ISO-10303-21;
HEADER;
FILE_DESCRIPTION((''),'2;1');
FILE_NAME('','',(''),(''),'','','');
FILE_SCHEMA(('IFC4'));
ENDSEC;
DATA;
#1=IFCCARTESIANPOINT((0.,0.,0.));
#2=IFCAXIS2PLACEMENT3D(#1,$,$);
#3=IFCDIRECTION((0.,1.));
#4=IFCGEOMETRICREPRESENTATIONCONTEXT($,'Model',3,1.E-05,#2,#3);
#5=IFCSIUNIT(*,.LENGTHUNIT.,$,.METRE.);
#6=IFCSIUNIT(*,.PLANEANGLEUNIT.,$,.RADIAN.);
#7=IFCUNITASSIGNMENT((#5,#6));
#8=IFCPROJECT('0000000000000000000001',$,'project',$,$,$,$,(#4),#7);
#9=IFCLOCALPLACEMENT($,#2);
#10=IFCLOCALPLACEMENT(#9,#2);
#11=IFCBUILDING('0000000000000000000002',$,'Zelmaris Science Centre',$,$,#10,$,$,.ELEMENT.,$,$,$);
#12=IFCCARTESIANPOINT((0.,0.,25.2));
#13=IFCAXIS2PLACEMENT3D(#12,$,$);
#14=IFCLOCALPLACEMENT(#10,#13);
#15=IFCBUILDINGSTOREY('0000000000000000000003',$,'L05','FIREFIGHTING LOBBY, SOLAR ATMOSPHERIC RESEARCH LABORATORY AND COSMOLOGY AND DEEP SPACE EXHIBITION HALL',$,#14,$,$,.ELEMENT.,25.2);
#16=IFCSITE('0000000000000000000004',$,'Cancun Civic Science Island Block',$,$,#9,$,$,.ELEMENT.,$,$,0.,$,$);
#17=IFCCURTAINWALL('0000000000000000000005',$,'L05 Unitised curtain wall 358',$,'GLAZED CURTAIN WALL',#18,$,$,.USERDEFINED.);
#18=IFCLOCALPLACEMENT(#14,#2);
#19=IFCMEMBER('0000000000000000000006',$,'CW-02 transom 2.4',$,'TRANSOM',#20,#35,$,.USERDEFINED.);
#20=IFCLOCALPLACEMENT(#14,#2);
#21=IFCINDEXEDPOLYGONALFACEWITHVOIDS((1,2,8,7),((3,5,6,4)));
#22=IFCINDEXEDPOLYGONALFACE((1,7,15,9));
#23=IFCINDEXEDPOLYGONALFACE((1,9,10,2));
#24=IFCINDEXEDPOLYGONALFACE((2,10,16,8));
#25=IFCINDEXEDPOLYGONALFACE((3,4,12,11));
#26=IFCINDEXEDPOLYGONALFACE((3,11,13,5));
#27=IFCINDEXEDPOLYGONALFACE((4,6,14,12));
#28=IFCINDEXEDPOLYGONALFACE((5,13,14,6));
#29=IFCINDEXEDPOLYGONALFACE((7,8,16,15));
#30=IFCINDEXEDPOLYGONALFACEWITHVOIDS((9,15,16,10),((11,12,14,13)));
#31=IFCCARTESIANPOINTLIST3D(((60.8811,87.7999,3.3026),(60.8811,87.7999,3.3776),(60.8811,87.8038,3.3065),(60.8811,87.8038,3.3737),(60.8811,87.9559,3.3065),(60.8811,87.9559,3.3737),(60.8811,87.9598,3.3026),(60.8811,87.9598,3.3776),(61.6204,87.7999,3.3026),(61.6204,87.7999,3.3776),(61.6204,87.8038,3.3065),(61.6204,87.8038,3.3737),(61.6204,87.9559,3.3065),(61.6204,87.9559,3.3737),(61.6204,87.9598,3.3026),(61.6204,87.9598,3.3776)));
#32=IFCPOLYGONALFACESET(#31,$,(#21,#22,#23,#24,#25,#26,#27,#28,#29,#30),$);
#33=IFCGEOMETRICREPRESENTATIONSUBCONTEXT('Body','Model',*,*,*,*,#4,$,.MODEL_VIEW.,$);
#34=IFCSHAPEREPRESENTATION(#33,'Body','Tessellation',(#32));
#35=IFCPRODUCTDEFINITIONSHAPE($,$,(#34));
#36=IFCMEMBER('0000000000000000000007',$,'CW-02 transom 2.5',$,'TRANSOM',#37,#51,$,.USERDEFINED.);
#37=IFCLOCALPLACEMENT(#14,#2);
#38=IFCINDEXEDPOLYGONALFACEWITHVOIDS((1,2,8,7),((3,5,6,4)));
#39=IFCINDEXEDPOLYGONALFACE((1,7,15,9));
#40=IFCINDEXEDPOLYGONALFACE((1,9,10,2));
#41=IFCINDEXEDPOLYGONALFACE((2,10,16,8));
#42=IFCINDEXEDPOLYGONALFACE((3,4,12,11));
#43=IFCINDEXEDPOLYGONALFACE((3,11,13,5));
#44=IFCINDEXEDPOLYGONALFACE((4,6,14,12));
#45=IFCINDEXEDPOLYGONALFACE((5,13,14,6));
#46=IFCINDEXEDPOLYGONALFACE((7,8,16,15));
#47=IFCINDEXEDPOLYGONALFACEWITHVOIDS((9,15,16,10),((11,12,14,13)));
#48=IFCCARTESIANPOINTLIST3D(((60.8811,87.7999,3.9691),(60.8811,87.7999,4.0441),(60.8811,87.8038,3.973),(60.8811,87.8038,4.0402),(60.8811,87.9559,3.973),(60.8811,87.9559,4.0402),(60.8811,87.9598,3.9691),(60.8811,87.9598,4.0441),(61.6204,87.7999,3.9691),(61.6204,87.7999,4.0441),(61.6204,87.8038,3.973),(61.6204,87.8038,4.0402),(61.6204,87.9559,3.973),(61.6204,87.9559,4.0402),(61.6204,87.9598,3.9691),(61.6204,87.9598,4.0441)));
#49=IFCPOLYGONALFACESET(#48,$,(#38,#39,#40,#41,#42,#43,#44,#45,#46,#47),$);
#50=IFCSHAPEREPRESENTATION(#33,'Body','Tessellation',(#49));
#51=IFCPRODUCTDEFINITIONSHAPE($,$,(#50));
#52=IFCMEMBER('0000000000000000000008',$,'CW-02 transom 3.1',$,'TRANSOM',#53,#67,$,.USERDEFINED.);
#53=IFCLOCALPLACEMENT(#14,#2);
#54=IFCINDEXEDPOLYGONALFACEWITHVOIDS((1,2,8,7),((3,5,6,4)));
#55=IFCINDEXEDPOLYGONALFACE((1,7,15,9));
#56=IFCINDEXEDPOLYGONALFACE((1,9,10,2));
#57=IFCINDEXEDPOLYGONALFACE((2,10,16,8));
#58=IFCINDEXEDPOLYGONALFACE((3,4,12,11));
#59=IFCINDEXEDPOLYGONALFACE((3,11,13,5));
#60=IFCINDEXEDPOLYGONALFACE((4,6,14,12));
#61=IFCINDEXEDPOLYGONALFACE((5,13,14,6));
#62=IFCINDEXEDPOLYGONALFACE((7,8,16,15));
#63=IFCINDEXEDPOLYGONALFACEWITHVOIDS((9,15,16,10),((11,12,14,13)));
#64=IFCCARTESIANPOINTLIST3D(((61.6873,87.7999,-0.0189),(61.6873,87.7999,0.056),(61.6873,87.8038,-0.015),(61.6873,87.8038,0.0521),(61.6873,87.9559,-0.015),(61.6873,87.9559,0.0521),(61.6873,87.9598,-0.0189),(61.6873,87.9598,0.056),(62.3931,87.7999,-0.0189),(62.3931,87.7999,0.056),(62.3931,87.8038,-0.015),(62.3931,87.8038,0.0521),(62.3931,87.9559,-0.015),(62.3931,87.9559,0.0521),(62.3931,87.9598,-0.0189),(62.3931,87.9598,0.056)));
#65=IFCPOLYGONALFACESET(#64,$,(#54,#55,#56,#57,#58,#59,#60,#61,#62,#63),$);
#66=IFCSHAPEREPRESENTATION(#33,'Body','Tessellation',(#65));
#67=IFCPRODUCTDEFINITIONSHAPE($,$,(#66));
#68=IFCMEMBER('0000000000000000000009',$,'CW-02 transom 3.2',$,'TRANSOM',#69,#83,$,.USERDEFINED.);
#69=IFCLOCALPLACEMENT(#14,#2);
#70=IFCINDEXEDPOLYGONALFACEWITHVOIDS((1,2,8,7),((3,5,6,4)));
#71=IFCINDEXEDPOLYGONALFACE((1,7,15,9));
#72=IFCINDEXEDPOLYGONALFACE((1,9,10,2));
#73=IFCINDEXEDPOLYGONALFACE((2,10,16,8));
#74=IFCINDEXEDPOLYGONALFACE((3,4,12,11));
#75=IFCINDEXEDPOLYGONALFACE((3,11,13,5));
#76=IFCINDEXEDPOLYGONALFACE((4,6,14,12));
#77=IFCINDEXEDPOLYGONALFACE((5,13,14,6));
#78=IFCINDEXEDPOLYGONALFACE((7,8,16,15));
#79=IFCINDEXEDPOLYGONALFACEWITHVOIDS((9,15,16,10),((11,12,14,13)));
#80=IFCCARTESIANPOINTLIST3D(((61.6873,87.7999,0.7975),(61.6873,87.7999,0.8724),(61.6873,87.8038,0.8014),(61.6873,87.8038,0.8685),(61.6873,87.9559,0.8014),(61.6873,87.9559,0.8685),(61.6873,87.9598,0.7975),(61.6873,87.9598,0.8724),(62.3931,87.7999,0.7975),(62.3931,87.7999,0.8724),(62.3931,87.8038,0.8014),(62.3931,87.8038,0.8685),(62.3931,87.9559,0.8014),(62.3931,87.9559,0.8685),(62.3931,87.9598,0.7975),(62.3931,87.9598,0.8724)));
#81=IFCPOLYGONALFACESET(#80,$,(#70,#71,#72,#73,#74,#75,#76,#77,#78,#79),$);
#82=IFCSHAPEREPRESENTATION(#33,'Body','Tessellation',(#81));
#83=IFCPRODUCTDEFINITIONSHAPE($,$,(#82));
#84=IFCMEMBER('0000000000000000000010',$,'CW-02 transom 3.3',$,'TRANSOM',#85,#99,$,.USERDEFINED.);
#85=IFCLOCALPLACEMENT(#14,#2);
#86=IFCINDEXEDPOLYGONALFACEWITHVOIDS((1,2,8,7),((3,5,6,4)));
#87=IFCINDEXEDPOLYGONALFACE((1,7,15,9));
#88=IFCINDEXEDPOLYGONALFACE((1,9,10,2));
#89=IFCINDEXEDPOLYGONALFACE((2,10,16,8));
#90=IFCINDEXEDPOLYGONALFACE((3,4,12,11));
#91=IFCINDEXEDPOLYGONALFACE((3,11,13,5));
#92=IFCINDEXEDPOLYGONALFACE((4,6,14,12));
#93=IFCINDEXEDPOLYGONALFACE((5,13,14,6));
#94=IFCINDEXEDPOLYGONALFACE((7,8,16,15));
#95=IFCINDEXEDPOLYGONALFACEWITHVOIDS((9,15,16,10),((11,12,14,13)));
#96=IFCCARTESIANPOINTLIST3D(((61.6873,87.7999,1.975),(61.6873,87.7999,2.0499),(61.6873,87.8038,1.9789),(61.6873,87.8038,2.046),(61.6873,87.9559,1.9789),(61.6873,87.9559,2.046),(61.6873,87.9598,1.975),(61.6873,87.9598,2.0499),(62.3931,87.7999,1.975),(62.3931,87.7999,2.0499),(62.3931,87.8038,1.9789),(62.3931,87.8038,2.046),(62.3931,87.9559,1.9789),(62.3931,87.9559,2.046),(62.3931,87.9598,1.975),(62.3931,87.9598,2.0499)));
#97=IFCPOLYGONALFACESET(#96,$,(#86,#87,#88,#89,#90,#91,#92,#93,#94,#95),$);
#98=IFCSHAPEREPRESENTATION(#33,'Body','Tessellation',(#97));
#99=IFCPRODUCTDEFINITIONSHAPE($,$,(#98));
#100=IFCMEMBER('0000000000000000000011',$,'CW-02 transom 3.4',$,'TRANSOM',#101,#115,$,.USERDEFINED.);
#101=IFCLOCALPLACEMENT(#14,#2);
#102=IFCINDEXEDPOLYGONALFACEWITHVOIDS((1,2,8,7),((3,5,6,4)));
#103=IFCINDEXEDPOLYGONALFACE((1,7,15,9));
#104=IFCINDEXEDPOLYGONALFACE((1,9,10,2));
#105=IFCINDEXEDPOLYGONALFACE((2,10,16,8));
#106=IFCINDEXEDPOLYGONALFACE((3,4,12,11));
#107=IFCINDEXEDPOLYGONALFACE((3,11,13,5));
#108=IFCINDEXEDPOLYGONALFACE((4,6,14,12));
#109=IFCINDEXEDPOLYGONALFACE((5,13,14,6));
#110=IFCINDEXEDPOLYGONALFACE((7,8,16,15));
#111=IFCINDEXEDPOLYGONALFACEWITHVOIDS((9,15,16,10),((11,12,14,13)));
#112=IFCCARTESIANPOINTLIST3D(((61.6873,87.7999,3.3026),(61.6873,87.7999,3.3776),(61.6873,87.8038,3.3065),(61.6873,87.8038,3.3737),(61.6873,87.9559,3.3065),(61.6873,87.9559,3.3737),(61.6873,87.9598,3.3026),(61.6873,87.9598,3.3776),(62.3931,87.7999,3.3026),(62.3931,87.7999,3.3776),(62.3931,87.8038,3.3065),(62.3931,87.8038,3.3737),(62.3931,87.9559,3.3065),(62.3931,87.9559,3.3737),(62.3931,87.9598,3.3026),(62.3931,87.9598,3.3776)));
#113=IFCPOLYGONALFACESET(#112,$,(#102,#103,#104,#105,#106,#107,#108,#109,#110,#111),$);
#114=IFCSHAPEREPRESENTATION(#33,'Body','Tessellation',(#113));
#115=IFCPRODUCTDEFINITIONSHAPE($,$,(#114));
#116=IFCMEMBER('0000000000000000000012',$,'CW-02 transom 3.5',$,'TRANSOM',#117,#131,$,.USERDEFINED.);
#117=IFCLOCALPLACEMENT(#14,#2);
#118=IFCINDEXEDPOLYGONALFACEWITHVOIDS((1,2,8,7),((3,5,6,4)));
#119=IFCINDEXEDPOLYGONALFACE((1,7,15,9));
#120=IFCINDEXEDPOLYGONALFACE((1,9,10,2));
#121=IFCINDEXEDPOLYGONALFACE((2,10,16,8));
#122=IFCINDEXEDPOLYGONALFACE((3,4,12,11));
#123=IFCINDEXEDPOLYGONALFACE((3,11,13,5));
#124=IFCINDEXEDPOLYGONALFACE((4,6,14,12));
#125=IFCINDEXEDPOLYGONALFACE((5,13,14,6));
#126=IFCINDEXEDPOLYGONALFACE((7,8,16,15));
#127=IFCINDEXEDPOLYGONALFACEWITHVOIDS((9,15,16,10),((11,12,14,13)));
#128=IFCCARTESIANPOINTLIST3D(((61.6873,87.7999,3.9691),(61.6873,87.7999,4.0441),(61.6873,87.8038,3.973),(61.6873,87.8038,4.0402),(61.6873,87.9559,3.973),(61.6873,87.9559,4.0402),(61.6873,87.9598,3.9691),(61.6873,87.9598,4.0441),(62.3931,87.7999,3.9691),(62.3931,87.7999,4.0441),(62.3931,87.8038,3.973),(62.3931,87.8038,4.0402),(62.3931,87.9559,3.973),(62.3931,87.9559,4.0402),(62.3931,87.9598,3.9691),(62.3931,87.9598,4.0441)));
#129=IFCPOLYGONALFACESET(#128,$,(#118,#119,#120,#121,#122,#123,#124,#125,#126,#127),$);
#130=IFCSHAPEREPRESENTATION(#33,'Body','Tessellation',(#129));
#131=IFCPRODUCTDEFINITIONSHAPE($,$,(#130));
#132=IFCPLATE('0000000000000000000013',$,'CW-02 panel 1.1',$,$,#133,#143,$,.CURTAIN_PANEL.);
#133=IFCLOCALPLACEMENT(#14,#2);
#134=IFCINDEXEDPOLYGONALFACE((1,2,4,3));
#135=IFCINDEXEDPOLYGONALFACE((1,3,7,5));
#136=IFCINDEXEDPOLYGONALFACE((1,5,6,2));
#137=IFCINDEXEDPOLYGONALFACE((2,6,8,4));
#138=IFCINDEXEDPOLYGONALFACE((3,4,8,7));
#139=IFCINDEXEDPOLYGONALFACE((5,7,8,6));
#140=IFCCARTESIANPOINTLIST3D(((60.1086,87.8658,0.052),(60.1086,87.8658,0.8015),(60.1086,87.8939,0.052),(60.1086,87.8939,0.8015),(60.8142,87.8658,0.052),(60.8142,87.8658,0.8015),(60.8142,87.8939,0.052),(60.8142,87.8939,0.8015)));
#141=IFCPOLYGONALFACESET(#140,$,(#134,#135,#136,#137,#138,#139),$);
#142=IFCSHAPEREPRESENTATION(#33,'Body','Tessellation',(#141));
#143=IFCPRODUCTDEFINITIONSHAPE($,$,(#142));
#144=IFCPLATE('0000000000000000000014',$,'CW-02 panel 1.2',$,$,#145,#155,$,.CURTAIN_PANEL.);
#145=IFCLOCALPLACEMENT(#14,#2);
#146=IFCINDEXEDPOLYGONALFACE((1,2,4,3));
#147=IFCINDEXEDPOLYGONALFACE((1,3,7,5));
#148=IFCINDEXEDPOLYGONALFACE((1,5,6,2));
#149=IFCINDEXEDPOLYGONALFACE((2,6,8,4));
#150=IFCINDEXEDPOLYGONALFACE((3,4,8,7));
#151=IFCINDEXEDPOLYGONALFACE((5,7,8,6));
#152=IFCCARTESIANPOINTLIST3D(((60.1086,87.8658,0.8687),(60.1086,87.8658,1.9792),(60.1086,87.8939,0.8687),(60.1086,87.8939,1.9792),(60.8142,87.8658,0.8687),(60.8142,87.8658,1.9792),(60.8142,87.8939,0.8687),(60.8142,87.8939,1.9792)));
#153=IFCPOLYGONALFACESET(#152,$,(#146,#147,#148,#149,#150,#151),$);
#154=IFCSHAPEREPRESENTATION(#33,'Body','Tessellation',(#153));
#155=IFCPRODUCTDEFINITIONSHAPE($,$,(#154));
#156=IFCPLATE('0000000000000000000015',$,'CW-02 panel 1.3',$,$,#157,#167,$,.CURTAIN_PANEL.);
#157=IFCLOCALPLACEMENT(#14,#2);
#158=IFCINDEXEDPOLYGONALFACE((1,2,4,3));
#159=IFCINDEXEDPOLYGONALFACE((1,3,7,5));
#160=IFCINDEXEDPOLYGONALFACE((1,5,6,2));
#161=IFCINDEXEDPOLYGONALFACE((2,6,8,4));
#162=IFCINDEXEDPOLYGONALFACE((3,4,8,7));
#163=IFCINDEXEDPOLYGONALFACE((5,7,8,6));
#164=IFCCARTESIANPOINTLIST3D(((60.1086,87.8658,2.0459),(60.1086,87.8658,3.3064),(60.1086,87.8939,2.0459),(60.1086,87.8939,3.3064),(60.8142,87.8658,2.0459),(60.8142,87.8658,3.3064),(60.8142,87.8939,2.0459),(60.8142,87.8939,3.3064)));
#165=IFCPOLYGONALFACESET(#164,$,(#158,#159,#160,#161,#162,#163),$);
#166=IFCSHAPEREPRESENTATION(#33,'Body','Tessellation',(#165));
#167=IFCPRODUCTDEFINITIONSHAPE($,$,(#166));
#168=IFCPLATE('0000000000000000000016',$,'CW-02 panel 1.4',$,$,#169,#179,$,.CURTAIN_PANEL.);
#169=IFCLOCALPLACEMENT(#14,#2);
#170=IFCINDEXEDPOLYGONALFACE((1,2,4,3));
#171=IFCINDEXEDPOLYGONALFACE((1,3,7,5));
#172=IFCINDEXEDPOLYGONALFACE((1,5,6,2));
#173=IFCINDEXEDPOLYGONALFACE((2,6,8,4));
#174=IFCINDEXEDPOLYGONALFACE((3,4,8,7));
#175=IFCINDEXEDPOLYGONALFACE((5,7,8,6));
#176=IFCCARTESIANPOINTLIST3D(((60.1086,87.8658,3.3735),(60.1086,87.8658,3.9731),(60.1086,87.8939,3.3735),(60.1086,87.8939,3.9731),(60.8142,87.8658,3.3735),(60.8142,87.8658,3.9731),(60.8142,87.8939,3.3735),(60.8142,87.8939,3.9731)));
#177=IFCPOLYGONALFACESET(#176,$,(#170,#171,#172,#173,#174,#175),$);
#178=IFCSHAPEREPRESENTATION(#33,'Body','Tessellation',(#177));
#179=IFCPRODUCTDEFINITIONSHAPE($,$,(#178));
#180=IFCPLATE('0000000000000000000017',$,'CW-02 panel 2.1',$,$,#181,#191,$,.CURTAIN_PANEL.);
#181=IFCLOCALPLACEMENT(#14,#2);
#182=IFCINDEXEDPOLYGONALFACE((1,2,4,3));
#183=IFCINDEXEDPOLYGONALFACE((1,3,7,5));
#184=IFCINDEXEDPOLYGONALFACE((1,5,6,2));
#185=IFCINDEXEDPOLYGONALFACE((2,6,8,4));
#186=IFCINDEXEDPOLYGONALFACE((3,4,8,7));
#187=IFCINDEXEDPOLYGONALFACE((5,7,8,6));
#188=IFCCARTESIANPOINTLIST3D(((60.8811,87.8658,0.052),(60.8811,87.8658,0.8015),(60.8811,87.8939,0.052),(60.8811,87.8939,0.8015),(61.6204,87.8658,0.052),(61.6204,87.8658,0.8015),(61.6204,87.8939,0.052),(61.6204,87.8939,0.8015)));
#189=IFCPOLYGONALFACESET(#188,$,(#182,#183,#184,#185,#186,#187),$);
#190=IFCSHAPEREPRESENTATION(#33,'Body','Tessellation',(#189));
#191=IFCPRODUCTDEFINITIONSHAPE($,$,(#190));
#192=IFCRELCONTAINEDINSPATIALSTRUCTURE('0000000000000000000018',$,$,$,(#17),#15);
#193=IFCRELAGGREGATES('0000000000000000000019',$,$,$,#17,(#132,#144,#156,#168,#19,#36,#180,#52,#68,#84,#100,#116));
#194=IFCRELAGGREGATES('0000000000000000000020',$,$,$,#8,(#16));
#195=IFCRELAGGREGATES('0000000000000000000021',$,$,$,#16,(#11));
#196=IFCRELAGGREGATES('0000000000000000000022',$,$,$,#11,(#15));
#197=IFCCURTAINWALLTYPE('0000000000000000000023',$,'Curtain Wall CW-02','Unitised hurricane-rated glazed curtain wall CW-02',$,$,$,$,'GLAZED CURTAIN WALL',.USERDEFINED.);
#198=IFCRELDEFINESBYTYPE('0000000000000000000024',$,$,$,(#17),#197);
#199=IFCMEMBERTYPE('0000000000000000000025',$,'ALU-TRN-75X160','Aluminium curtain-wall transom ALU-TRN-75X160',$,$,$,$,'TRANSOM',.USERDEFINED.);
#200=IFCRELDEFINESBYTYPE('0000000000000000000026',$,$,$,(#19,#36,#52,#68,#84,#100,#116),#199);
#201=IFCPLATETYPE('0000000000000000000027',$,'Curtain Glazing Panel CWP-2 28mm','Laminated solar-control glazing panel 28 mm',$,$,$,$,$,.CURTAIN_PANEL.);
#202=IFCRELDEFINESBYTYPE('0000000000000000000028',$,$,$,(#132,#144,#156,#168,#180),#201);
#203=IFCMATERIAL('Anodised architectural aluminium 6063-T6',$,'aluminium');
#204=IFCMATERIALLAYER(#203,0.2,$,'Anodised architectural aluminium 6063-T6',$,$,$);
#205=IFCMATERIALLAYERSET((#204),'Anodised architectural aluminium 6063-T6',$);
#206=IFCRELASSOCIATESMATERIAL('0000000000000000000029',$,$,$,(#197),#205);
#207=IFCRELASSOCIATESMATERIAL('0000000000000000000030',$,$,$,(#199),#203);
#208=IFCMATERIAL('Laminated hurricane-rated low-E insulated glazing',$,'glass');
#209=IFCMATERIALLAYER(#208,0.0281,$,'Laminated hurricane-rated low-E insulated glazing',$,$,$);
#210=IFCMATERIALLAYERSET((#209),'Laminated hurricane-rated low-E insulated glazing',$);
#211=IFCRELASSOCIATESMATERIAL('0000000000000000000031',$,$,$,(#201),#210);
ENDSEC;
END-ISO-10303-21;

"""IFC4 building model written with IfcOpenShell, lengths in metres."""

from ifc_helpers import new_model, si_unit, direction, frame, origin, origin_2d, place, context, subcontext, project, spatial, rectangle, hollow_rectangle, extrude, material, layer, layer_set, material_profile, profile_set, type_object, element, aggregate, save


model = new_model("IFC4")

# Units and contexts
model_context = context("Model", 3, precision=1e-05, world=origin(), true_north=direction((0.0, 1.0)))
body_context = subcontext(model_context, "Body", "Model", "MODEL_VIEW")
ifc_project = project(units=[si_unit("LENGTHUNIT", "METRE"), si_unit("PLANEANGLEUNIT", "RADIAN")], contexts=[model_context])

# Site, building, storey
site_placement = place(None, origin())
site = spatial("IfcSite", under=ifc_project, at=site_placement, Name="Cancun Civic Science Island Block", CompositionType="ELEMENT", RefElevation=0.0)
building_placement = place(site_placement, origin())
building = spatial("IfcBuilding", under=site, at=building_placement, Name="Zelmaris Science Centre", CompositionType="ELEMENT")
storey_placement = place(building_placement, frame((0.0, 0.0, 25.2)))
storey = spatial("IfcBuildingStorey", under=building, at=storey_placement, Name="L05", Description="FIREFIGHTING LOBBY, SOLAR ATMOSPHERIC RESEARCH LABORATORY AND COSMOLOGY AND DEEP SPACE EXHIBITION HALL", CompositionType="ELEMENT", Elevation=25.2)

# Curtain wall, members, plates
ifc_material_1 = material(Name="Anodised architectural aluminium 6063-T6", Category="aluminium")
ifc_layer_1 = layer(ifc_material_1, 0.2, Name="Anodised architectural aluminium 6063-T6")
ifc_layer_set_1 = layer_set([ifc_layer_1], Name="Anodised architectural aluminium 6063-T6")
curtain_wall_type = type_object("IfcCurtainWallType", Name="Curtain Wall CW-02", Description="Unitised hurricane-rated glazed curtain wall CW-02", ElementType="GLAZED CURTAIN WALL", PredefinedType="USERDEFINED", material=ifc_layer_set_1)
curtain_wall_placement = place(storey_placement, origin())
curtain_wall = element("IfcCurtainWall", 1, at=curtain_wall_placement, inside=storey, type_object=curtain_wall_type, Name="L05 Unitised curtain wall 358", ObjectType="GLAZED CURTAIN WALL", PredefinedType="USERDEFINED")
ifc_material_profile_1 = material_profile(ifc_material_1, hollow_rectangle(XDim=0.075, YDim=0.1599, WallThickness=0.0039, at=origin_2d()), Name="ALU-TRN-75X160")
ifc_profile_set_1 = profile_set([ifc_material_profile_1], Name="Anodised architectural aluminium 6063-T6")
member_type_1 = type_object("IfcMemberType", Name="ALU-TRN-75X160", Description="Aluminium curtain-wall transom ALU-TRN-75X160", ElementType="TRANSOM", PredefinedType="USERDEFINED", material=ifc_profile_set_1)
member_1_placement = place(storey_placement, frame((60.8811, 87.8799, 3.3401), z_axis=(1.0, 0.0, 0.0), x_axis=(0.0, 0.0, 1.0)))
member_1 = element("IfcMember", 2, at=member_1_placement, type_object=member_type_1, Name="CW-02 transom 2.4", ObjectType="TRANSOM", PredefinedType="USERDEFINED", context=body_context, shape_type="SweptSolid", body=[
    extrude(hollow_rectangle(XDim=0.075, YDim=0.1599, WallThickness=0.0039, at=origin_2d()), origin(), (0.0, 0.0, 1.0), 0.7393),
])
member_2_placement = place(storey_placement, frame((60.8811, 87.8799, 4.0066), z_axis=(1.0, 0.0, 0.0), x_axis=(0.0, 0.0, 1.0)))
member_2 = element("IfcMember", 3, at=member_2_placement, type_object=member_type_1, Name="CW-02 transom 2.5", ObjectType="TRANSOM", PredefinedType="USERDEFINED", context=body_context, shape_type="SweptSolid", body=[
    extrude(hollow_rectangle(XDim=0.075, YDim=0.1599, WallThickness=0.0039, at=origin_2d()), origin(), (0.0, 0.0, 1.0), 0.7393),
])
member_3_placement = place(storey_placement, frame((61.6873, 87.8799, 0.0186), z_axis=(1.0, 0.0, 0.0), x_axis=(0.0, 0.0, 1.0)))
member_3 = element("IfcMember", 4, at=member_3_placement, type_object=member_type_1, Name="CW-02 transom 3.1", ObjectType="TRANSOM", PredefinedType="USERDEFINED", context=body_context, shape_type="SweptSolid", body=[
    extrude(hollow_rectangle(XDim=0.075, YDim=0.1599, WallThickness=0.0039, at=origin_2d()), origin(), (0.0, 0.0, 1.0), 0.7058),
])
member_4_placement = place(storey_placement, frame((61.6873, 87.8799, 0.835), z_axis=(1.0, 0.0, 0.0), x_axis=(0.0, 0.0, 1.0)))
member_4 = element("IfcMember", 5, at=member_4_placement, type_object=member_type_1, Name="CW-02 transom 3.2", ObjectType="TRANSOM", PredefinedType="USERDEFINED", context=body_context, shape_type="SweptSolid", body=[
    extrude(hollow_rectangle(XDim=0.075, YDim=0.1599, WallThickness=0.0039, at=origin_2d()), origin(), (0.0, 0.0, 1.0), 0.7058),
])
member_5_placement = place(storey_placement, frame((61.6873, 87.8799, 2.0125), z_axis=(1.0, 0.0, 0.0), x_axis=(0.0, 0.0, 1.0)))
member_5 = element("IfcMember", 6, at=member_5_placement, type_object=member_type_1, Name="CW-02 transom 3.3", ObjectType="TRANSOM", PredefinedType="USERDEFINED", context=body_context, shape_type="SweptSolid", body=[
    extrude(hollow_rectangle(XDim=0.075, YDim=0.1599, WallThickness=0.0039, at=origin_2d()), origin(), (0.0, 0.0, 1.0), 0.7058),
])
member_6_placement = place(storey_placement, frame((61.6873, 87.8799, 3.3401), z_axis=(1.0, 0.0, 0.0), x_axis=(0.0, 0.0, 1.0)))
member_6 = element("IfcMember", 7, at=member_6_placement, type_object=member_type_1, Name="CW-02 transom 3.4", ObjectType="TRANSOM", PredefinedType="USERDEFINED", context=body_context, shape_type="SweptSolid", body=[
    extrude(hollow_rectangle(XDim=0.075, YDim=0.1599, WallThickness=0.0039, at=origin_2d()), origin(), (0.0, 0.0, 1.0), 0.7058),
])
member_7_placement = place(storey_placement, frame((61.6873, 87.8799, 4.0066), z_axis=(1.0, 0.0, 0.0), x_axis=(0.0, 0.0, 1.0)))
member_7 = element("IfcMember", 8, at=member_7_placement, type_object=member_type_1, Name="CW-02 transom 3.5", ObjectType="TRANSOM", PredefinedType="USERDEFINED", context=body_context, shape_type="SweptSolid", body=[
    extrude(hollow_rectangle(XDim=0.075, YDim=0.1599, WallThickness=0.0039, at=origin_2d()), origin(), (0.0, 0.0, 1.0), 0.7058),
])
ifc_material_2 = material(Name="Laminated hurricane-rated low-E insulated glazing", Category="glass")
ifc_layer_2 = layer(ifc_material_2, 0.0281, Name="Laminated hurricane-rated low-E insulated glazing")
ifc_layer_set_2 = layer_set([ifc_layer_2], Name="Laminated hurricane-rated low-E insulated glazing")
plate_type = type_object("IfcPlateType", Name="Curtain Glazing Panel CWP-2 28mm", Description="Laminated solar-control glazing panel 28 mm", PredefinedType="CURTAIN_PANEL", material=ifc_layer_set_2)
plate_1_placement = place(storey_placement, frame((60.4614, 87.8799, 0.052), z_axis=(0.0, 0.0, 1.0), x_axis=(1.0, 0.0, 0.0)))
plate_1 = element("IfcPlate", 9, at=plate_1_placement, type_object=plate_type, Name="CW-02 panel 1.1", PredefinedType="CURTAIN_PANEL", context=body_context, shape_type="SweptSolid", body=[
    extrude(rectangle(XDim=0.7056, YDim=0.0281, at=origin_2d()), origin(), (0.0, 0.0, 1.0), 0.7495),
])
plate_2_placement = place(storey_placement, frame((60.4614, 87.8799, 0.8687), z_axis=(0.0, 0.0, 1.0), x_axis=(1.0, 0.0, 0.0)))
plate_2 = element("IfcPlate", 10, at=plate_2_placement, type_object=plate_type, Name="CW-02 panel 1.2", PredefinedType="CURTAIN_PANEL", context=body_context, shape_type="SweptSolid", body=[
    extrude(rectangle(XDim=0.7056, YDim=0.0281, at=origin_2d()), origin(), (0.0, 0.0, 1.0), 1.1106),
])
plate_3_placement = place(storey_placement, frame((60.4614, 87.8799, 2.0459), z_axis=(0.0, 0.0, 1.0), x_axis=(1.0, 0.0, 0.0)))
plate_3 = element("IfcPlate", 11, at=plate_3_placement, type_object=plate_type, Name="CW-02 panel 1.3", PredefinedType="CURTAIN_PANEL", context=body_context, shape_type="SweptSolid", body=[
    extrude(rectangle(XDim=0.7056, YDim=0.0281, at=origin_2d()), origin(), (0.0, 0.0, 1.0), 1.2605),
])
plate_4_placement = place(storey_placement, frame((60.4614, 87.8799, 3.3735), z_axis=(0.0, 0.0, 1.0), x_axis=(1.0, 0.0, 0.0)))
plate_4 = element("IfcPlate", 12, at=plate_4_placement, type_object=plate_type, Name="CW-02 panel 1.4", PredefinedType="CURTAIN_PANEL", context=body_context, shape_type="SweptSolid", body=[
    extrude(rectangle(XDim=0.7056, YDim=0.0281, at=origin_2d()), origin(), (0.0, 0.0, 1.0), 0.5996),
])
plate_5_placement = place(storey_placement, frame((61.2507, 87.8799, 0.052), z_axis=(0.0, 0.0, 1.0), x_axis=(1.0, 0.0, 0.0)))
plate_5 = element("IfcPlate", 13, at=plate_5_placement, type_object=plate_type, Name="CW-02 panel 2.1", PredefinedType="CURTAIN_PANEL", context=body_context, shape_type="SweptSolid", body=[
    extrude(rectangle(XDim=0.7393, YDim=0.0281, at=origin_2d()), origin(), (0.0, 0.0, 1.0), 0.7495),
])
aggregate(curtain_wall, [plate_1, plate_2, plate_3, plate_4, member_1, member_2, plate_5, member_3, member_4, member_5, member_6, member_7])

save(model, "model.ifc")
